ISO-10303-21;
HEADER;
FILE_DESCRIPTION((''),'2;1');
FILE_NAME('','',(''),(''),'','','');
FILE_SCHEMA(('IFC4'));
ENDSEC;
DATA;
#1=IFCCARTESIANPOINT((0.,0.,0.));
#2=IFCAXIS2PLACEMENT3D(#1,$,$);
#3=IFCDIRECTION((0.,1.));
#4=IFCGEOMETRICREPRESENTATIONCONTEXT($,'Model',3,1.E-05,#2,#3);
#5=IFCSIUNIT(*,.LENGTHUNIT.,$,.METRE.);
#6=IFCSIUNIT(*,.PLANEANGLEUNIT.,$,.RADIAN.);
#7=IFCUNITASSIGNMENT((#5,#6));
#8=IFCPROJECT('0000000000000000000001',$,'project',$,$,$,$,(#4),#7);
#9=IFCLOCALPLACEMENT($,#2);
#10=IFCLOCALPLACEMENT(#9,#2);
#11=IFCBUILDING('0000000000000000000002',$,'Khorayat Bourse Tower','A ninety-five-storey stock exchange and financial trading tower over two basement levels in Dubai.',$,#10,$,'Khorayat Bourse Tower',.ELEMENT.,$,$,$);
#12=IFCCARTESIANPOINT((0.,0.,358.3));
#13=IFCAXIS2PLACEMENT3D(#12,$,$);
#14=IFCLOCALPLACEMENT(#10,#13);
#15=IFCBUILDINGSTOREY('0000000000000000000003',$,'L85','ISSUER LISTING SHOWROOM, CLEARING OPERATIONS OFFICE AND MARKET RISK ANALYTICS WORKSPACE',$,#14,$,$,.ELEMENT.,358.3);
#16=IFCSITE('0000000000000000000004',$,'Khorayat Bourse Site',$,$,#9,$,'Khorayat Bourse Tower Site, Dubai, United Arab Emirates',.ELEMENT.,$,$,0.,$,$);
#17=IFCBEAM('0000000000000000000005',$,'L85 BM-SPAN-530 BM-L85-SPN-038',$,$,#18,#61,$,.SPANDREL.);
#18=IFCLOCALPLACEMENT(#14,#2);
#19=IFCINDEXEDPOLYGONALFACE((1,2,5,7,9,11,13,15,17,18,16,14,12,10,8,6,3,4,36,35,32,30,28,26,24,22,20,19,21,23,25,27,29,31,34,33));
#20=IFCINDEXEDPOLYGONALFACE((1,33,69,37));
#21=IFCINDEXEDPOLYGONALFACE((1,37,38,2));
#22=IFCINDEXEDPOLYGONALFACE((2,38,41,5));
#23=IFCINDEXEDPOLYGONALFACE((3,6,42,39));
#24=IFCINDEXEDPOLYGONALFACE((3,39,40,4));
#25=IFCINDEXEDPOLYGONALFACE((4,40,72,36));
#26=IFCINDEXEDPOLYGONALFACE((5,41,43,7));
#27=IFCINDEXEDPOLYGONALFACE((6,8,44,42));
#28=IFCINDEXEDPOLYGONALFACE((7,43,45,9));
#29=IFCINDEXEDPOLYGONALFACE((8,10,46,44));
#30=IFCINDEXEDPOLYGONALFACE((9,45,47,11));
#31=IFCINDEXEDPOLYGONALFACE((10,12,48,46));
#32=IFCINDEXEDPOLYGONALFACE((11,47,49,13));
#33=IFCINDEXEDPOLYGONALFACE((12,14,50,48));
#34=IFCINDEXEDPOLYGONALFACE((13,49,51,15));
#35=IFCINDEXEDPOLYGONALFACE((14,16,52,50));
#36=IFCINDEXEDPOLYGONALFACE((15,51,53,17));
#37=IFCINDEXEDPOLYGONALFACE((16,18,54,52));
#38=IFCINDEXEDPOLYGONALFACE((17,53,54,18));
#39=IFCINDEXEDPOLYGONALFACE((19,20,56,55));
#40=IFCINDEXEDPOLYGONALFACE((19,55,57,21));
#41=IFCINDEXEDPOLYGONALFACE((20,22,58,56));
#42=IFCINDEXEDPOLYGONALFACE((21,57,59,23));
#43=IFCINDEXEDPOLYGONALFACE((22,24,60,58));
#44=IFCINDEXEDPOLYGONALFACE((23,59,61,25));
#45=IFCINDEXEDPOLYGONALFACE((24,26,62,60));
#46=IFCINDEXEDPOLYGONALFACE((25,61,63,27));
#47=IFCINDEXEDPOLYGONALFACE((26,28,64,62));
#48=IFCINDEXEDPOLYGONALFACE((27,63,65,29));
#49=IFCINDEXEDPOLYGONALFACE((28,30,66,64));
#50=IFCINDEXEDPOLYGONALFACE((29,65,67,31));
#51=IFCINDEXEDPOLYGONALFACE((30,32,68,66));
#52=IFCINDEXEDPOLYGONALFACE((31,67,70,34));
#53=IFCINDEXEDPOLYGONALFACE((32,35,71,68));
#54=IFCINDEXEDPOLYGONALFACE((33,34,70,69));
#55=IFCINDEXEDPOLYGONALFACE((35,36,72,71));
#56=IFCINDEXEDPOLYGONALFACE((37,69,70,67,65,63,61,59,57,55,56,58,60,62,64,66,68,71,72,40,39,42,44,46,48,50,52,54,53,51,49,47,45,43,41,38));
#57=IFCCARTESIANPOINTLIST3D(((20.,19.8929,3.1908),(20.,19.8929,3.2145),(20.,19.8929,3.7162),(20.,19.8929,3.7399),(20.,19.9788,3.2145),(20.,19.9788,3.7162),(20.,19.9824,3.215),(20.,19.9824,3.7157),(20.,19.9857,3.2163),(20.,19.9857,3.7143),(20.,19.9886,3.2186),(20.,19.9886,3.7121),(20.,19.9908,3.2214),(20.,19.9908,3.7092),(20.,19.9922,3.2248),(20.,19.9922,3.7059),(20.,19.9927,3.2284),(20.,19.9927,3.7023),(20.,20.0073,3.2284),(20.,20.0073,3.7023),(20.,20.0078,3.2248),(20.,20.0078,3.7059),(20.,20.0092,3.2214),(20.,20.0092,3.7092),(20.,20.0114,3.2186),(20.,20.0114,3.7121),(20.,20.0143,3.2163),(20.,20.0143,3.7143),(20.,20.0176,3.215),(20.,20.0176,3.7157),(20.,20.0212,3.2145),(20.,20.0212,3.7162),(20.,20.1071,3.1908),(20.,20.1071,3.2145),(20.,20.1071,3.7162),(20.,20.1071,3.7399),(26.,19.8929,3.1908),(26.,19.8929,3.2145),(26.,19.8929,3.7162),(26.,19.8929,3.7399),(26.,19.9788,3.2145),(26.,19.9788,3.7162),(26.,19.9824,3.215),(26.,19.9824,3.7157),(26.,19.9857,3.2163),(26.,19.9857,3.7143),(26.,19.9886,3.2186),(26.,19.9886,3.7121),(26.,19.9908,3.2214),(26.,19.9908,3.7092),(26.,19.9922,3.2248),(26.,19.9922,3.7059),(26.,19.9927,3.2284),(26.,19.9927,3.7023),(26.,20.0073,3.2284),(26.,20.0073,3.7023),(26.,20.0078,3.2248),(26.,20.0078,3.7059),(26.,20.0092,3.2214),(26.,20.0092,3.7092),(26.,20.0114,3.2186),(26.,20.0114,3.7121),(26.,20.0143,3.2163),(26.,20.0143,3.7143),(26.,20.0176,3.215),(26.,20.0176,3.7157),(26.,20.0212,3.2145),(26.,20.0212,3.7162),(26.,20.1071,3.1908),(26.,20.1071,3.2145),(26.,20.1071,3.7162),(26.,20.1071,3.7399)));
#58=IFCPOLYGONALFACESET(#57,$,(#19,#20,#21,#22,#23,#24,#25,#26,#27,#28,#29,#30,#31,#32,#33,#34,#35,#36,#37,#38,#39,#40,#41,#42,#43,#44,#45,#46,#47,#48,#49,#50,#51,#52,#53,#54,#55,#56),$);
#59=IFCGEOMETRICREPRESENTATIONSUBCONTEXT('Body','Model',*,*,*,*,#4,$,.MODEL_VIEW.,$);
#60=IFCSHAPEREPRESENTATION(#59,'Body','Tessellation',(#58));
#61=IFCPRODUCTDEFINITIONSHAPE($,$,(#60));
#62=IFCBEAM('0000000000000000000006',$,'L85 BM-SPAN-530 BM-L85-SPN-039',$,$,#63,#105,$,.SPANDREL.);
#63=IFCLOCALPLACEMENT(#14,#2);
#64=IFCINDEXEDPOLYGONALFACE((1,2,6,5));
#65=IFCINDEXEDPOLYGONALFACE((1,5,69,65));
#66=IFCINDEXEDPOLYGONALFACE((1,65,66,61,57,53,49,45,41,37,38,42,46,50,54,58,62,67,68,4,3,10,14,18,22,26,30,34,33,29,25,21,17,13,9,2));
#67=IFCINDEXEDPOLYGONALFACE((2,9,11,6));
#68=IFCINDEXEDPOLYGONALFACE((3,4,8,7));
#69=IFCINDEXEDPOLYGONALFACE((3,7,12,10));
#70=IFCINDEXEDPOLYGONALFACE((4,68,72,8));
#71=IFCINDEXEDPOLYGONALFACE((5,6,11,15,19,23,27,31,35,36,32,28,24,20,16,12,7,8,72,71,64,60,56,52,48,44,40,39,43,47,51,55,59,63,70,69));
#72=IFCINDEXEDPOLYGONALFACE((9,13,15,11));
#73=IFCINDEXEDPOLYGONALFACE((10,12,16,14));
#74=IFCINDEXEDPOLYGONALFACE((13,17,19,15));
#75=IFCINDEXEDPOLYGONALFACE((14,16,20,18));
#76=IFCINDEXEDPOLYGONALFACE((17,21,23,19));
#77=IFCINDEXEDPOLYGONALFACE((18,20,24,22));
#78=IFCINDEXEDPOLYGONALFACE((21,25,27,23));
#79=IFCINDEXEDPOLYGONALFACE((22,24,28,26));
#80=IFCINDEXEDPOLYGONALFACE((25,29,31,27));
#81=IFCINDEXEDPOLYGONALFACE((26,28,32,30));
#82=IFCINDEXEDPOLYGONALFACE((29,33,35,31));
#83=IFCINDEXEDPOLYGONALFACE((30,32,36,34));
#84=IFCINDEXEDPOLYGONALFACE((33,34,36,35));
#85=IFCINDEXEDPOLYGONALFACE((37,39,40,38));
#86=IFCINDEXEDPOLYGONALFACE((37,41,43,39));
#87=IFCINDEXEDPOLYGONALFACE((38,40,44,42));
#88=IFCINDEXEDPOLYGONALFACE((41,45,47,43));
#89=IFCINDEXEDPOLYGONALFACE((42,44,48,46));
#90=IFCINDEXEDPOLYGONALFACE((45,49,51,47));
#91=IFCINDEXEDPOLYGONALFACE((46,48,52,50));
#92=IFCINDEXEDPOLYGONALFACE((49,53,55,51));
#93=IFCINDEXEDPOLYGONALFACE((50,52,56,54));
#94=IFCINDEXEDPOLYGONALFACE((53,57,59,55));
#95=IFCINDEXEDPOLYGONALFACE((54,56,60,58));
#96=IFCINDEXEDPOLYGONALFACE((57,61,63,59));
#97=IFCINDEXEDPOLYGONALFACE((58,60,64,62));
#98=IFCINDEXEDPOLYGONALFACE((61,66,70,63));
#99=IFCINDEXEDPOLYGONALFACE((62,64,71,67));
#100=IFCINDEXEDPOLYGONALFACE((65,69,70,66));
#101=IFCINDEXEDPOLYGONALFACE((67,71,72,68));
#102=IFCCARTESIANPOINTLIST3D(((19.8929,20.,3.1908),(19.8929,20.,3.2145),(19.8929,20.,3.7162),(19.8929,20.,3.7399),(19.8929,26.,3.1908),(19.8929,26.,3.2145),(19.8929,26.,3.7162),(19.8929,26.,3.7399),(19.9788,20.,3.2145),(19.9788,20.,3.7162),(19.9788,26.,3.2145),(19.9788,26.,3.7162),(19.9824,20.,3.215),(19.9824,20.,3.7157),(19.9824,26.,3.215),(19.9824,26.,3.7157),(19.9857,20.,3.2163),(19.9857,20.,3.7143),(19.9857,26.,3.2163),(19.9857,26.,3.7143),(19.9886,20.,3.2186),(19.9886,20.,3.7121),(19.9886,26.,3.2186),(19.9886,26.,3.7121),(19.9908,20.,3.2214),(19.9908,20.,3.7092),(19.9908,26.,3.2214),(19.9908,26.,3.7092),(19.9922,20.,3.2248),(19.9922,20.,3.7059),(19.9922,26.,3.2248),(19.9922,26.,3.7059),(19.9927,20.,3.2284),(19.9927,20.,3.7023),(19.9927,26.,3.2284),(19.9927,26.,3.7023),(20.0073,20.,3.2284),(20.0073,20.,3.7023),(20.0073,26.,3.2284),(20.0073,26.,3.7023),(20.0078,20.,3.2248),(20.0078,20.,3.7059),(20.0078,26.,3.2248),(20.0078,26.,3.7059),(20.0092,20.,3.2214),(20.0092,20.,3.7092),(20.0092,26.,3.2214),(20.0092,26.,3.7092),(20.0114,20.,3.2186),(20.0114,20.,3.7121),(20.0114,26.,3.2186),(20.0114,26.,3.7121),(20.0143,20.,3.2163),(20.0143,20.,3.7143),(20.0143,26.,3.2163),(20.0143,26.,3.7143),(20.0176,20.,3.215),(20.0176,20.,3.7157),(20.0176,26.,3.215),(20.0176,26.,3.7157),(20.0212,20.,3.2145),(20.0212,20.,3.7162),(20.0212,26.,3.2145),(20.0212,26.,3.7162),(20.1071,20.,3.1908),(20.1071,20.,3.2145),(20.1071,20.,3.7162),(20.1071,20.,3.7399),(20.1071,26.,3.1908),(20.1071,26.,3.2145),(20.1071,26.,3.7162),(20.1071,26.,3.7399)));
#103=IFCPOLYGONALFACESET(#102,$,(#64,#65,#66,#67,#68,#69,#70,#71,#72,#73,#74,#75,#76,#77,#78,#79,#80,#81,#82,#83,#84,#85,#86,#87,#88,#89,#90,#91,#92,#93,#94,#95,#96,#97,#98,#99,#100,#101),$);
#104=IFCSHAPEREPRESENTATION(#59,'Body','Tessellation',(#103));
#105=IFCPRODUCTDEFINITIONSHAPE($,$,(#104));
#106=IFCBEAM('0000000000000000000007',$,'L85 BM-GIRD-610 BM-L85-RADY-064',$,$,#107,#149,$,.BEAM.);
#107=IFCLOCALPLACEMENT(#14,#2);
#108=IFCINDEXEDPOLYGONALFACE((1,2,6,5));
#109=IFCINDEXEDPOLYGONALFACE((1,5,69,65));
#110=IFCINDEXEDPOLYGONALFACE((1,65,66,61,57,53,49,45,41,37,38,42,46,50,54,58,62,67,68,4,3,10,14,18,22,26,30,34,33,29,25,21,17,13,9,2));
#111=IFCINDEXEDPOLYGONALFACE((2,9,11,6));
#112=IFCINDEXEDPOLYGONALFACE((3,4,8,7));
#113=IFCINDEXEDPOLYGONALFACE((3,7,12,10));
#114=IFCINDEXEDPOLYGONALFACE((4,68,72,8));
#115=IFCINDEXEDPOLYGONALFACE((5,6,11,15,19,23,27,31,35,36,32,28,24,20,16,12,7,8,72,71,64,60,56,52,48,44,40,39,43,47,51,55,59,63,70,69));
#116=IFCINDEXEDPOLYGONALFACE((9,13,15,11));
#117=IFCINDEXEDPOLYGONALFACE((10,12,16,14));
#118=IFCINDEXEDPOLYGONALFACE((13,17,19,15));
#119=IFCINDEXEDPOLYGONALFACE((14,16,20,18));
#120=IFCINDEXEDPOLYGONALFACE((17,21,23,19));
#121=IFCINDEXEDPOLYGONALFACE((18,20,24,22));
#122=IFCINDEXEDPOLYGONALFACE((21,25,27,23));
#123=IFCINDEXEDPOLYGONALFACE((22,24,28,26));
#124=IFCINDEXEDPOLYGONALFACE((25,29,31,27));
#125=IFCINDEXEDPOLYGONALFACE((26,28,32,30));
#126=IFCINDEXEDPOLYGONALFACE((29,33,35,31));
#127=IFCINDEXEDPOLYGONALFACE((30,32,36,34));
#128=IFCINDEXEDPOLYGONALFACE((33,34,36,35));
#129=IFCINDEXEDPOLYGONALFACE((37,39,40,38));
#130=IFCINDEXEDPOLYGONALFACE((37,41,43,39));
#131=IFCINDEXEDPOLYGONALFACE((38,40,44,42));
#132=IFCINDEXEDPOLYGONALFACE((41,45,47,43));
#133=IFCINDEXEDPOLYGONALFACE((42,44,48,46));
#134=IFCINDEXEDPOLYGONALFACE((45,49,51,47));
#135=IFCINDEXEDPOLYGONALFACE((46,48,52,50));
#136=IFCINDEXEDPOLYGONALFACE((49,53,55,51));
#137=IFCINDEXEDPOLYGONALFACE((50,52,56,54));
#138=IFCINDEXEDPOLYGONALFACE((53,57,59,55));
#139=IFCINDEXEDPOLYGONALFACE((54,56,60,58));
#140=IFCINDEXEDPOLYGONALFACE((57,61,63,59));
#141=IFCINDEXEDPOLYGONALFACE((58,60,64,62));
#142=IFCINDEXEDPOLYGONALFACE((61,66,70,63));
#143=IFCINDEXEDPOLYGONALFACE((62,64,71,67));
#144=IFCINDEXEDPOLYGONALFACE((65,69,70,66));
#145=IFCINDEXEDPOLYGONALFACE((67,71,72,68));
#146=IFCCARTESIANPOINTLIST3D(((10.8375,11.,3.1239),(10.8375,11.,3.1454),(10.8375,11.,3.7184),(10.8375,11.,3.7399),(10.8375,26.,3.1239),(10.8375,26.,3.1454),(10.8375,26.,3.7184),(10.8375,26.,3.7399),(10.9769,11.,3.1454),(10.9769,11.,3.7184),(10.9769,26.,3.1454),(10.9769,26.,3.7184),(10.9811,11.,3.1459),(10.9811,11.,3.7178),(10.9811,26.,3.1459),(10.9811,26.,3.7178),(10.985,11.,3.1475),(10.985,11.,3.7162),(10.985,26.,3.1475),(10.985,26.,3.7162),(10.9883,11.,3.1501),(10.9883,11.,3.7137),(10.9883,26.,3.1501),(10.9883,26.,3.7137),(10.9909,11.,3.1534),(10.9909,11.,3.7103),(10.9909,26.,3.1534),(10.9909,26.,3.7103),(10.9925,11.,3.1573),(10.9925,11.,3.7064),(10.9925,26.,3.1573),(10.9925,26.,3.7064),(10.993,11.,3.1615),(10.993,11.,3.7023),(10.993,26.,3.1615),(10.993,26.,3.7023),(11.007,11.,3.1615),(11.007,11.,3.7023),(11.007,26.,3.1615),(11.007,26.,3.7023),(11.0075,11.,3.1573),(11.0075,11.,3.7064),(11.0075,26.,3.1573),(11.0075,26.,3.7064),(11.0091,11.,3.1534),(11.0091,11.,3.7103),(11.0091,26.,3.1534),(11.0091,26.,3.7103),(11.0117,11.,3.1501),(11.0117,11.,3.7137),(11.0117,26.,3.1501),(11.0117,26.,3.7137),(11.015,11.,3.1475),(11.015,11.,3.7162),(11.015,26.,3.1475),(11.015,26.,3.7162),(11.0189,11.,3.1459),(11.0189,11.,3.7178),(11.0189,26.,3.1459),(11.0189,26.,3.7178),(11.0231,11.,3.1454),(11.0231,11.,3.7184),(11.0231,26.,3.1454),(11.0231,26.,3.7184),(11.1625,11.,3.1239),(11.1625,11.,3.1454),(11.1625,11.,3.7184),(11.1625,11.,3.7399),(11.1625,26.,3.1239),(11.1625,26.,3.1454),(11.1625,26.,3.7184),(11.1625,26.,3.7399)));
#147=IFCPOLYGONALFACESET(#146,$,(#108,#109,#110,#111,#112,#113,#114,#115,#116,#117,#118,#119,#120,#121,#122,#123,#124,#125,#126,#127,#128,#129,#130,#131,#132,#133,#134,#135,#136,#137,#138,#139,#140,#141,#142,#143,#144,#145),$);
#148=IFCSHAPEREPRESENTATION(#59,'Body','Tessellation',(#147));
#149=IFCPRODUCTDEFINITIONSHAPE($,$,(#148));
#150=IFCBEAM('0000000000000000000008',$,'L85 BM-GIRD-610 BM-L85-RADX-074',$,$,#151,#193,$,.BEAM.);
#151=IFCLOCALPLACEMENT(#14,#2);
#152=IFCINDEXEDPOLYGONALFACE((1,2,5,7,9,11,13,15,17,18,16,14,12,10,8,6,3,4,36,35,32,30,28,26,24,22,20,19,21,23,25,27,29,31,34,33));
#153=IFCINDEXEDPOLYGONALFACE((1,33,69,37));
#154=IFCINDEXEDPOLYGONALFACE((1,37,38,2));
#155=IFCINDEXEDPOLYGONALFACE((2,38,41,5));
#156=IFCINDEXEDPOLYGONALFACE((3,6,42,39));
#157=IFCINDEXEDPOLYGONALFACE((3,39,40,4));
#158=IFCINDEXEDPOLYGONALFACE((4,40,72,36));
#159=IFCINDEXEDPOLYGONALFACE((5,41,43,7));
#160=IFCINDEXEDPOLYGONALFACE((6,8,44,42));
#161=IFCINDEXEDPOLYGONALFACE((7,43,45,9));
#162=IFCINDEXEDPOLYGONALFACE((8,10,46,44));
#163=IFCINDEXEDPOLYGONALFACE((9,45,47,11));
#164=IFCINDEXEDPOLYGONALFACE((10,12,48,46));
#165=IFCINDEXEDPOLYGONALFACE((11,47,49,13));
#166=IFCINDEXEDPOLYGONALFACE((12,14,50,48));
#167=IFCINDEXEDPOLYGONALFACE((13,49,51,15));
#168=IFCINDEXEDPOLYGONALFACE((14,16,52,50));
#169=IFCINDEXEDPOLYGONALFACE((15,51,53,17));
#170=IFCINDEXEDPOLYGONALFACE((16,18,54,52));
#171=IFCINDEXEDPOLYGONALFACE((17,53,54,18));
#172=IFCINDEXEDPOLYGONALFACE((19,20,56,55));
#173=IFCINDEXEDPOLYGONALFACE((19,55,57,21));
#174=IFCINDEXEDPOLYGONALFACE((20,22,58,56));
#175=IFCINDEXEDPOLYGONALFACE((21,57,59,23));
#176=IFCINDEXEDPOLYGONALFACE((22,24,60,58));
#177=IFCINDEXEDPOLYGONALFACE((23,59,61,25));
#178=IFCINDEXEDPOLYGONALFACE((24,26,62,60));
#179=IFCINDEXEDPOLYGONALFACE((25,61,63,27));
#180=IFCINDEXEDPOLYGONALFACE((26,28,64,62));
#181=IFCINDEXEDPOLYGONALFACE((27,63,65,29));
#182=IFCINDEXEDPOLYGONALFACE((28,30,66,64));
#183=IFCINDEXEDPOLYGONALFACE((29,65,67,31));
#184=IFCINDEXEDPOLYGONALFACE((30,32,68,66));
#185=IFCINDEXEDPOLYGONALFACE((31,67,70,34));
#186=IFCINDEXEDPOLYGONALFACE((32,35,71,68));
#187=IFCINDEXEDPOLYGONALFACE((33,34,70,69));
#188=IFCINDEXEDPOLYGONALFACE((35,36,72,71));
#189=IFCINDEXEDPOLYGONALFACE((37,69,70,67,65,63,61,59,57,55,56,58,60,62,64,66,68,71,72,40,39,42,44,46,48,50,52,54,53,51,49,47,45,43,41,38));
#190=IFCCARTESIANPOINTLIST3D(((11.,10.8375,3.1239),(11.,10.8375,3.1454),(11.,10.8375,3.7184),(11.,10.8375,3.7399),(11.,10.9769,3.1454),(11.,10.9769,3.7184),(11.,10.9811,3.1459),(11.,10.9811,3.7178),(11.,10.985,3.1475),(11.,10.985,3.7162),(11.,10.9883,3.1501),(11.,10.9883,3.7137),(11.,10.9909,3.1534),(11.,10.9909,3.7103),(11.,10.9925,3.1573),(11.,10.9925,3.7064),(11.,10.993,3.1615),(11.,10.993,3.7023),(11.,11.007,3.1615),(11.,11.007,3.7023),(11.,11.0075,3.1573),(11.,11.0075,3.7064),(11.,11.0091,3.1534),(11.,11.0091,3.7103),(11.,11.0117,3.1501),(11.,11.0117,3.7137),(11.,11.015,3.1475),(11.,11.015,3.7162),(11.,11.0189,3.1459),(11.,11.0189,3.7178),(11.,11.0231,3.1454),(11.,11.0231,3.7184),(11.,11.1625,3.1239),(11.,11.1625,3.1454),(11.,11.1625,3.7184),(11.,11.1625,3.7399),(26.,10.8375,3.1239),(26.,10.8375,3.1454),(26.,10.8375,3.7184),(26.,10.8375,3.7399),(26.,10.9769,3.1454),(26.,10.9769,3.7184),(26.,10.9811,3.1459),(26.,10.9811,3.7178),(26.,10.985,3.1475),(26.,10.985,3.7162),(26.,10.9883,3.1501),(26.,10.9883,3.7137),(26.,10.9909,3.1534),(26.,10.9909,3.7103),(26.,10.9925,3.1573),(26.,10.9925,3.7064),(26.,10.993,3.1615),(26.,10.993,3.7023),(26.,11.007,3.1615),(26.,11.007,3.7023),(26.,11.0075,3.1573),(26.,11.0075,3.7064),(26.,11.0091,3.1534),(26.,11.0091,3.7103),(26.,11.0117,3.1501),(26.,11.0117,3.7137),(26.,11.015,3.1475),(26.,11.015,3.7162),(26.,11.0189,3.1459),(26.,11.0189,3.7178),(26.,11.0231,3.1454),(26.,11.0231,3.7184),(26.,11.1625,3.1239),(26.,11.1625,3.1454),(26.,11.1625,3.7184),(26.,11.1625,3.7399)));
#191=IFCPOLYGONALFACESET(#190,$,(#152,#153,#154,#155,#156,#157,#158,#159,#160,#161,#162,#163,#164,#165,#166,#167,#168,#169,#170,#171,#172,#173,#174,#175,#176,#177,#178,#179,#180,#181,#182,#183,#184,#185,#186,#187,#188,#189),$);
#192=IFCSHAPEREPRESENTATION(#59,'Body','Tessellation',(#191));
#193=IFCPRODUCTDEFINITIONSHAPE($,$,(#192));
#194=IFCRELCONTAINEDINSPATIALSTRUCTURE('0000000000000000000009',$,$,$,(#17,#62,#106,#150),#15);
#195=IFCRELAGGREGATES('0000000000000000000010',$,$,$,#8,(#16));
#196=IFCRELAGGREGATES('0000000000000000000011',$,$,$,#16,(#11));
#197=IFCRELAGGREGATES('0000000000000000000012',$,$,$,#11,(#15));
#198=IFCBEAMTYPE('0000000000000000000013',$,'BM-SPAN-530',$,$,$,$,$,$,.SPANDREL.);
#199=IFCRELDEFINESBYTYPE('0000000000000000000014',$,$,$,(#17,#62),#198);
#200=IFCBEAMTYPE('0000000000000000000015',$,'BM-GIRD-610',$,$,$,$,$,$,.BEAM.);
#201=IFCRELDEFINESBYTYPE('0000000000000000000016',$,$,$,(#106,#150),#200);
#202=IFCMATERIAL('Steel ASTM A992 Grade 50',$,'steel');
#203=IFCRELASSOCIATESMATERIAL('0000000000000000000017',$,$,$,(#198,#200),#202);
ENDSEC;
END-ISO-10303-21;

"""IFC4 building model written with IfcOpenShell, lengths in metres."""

from ifc_helpers import new_model, si_unit, direction, frame, origin, origin_2d, place, context, subcontext, project, spatial, i_section, extrude, source, transform, mapped, material, material_profile, profile_set, type_object, element, save


model = new_model("IFC4")

# Units and contexts
model_context = context("Model", 3, precision=1e-05, world=origin(), true_north=direction((0.0, 1.0)))
body_context = subcontext(model_context, "Body", "Model", "MODEL_VIEW")
ifc_project = project(units=[si_unit("LENGTHUNIT", "METRE"), si_unit("PLANEANGLEUNIT", "RADIAN")], contexts=[model_context])

# Site, building, storey
site_placement = place(None, origin())
site = spatial("IfcSite", under=ifc_project, at=site_placement, Name="Khorayat Bourse Site", LongName="Khorayat Bourse Tower Site, Dubai, United Arab Emirates", CompositionType="ELEMENT", RefElevation=0.0)
building_placement = place(site_placement, origin())
building = spatial("IfcBuilding", under=site, at=building_placement, Name="Khorayat Bourse Tower", Description="A ninety-five-storey stock exchange and financial trading tower over two basement levels in Dubai.", LongName="Khorayat Bourse Tower", CompositionType="ELEMENT")
storey_placement = place(building_placement, frame((0.0, 0.0, 358.3)))
storey = spatial("IfcBuildingStorey", under=building, at=storey_placement, Name="L85", Description="ISSUER LISTING SHOWROOM, CLEARING OPERATIONS OFFICE AND MARKET RISK ANALYTICS WORKSPACE", CompositionType="ELEMENT", Elevation=358.3)

# Beams
ifc_material_1 = material(Name="Steel ASTM A992 Grade 50", Category="steel")
ifc_material_profile_1 = material_profile(ifc_material_1, i_section(OverallWidth=0.2141, OverallDepth=0.5491, WebThickness=0.0146, FlangeThickness=0.0237, FilletRadius=0.0139, at=origin_2d()), Name="W530X138")
ifc_profile_set_1 = profile_set([ifc_material_profile_1], Name="Steel ASTM A992 Grade 50")
beam_type_1 = type_object("IfcBeamType", Name="BM-SPAN-530", PredefinedType="SPANDREL", material=ifc_profile_set_1)
shared_shape_1 = source(origin(), body_context, "Body", "SweptSolid", [
    extrude(i_section(OverallWidth=0.2141, OverallDepth=0.5491, WebThickness=0.0146, FlangeThickness=0.0237, FilletRadius=0.0139, at=origin_2d()), origin(), (0.0, 0.0, 1.0), 6.0),
])
for number, where, z_axis, x_axis, name in (
    (1, (20.0, 20.0, 3.4653), (1.0, 0.0, 0.0), (0.0, 1.0, 0.0), "L85 BM-SPAN-530 BM-L85-SPN-038"),
    (2, (20.0, 20.0, 3.4653), (0.0, 1.0, 0.0), (-1.0, 0.0, 0.0), "L85 BM-SPAN-530 BM-L85-SPN-039"),
):
    element("IfcBeam", number, at=place(storey_placement, frame(where, z_axis=z_axis, x_axis=x_axis)), inside=storey, type_object=beam_type_1, Name=name, PredefinedType="SPANDREL", context=body_context, shape_type="MappedRepresentation", body=[
        mapped(shared_shape_1, transform((0.0, 0.0, 0.0), scale=1.0)),
    ])
ifc_material_profile_2 = material_profile(ifc_material_1, i_section(OverallWidth=0.325, OverallDepth=0.616, WebThickness=0.0139, FlangeThickness=0.0215, FilletRadius=0.0161, at=origin_2d()), Name="W610X174")
ifc_profile_set_2 = profile_set([ifc_material_profile_2], Name="Steel ASTM A992 Grade 50")
beam_type_2 = type_object("IfcBeamType", Name="BM-GIRD-610", PredefinedType="BEAM", material=ifc_profile_set_2)
shared_shape_2 = source(origin(), body_context, "Body", "SweptSolid", [
    extrude(i_section(OverallWidth=0.325, OverallDepth=0.616, WebThickness=0.0139, FlangeThickness=0.0215, FilletRadius=0.0161, at=origin_2d()), origin(), (0.0, 0.0, 1.0), 15.0),
])
for number, where, z_axis, x_axis, name in (
    (3, (11.0, 11.0, 3.4319), (0.0, 1.0, 0.0), (-1.0, 0.0, 0.0), "L85 BM-GIRD-610 BM-L85-RADY-064"),
    (4, (11.0, 11.0, 3.4319), (1.0, 0.0, 0.0), (0.0, 1.0, 0.0), "L85 BM-GIRD-610 BM-L85-RADX-074"),
):
    element("IfcBeam", number, at=place(storey_placement, frame(where, z_axis=z_axis, x_axis=x_axis)), inside=storey, type_object=beam_type_2, Name=name, PredefinedType="BEAM", context=body_context, shape_type="MappedRepresentation", body=[
        mapped(shared_shape_2, transform((0.0, 0.0, 0.0), scale=1.0)),
    ])

save(model, "model.ifc")
